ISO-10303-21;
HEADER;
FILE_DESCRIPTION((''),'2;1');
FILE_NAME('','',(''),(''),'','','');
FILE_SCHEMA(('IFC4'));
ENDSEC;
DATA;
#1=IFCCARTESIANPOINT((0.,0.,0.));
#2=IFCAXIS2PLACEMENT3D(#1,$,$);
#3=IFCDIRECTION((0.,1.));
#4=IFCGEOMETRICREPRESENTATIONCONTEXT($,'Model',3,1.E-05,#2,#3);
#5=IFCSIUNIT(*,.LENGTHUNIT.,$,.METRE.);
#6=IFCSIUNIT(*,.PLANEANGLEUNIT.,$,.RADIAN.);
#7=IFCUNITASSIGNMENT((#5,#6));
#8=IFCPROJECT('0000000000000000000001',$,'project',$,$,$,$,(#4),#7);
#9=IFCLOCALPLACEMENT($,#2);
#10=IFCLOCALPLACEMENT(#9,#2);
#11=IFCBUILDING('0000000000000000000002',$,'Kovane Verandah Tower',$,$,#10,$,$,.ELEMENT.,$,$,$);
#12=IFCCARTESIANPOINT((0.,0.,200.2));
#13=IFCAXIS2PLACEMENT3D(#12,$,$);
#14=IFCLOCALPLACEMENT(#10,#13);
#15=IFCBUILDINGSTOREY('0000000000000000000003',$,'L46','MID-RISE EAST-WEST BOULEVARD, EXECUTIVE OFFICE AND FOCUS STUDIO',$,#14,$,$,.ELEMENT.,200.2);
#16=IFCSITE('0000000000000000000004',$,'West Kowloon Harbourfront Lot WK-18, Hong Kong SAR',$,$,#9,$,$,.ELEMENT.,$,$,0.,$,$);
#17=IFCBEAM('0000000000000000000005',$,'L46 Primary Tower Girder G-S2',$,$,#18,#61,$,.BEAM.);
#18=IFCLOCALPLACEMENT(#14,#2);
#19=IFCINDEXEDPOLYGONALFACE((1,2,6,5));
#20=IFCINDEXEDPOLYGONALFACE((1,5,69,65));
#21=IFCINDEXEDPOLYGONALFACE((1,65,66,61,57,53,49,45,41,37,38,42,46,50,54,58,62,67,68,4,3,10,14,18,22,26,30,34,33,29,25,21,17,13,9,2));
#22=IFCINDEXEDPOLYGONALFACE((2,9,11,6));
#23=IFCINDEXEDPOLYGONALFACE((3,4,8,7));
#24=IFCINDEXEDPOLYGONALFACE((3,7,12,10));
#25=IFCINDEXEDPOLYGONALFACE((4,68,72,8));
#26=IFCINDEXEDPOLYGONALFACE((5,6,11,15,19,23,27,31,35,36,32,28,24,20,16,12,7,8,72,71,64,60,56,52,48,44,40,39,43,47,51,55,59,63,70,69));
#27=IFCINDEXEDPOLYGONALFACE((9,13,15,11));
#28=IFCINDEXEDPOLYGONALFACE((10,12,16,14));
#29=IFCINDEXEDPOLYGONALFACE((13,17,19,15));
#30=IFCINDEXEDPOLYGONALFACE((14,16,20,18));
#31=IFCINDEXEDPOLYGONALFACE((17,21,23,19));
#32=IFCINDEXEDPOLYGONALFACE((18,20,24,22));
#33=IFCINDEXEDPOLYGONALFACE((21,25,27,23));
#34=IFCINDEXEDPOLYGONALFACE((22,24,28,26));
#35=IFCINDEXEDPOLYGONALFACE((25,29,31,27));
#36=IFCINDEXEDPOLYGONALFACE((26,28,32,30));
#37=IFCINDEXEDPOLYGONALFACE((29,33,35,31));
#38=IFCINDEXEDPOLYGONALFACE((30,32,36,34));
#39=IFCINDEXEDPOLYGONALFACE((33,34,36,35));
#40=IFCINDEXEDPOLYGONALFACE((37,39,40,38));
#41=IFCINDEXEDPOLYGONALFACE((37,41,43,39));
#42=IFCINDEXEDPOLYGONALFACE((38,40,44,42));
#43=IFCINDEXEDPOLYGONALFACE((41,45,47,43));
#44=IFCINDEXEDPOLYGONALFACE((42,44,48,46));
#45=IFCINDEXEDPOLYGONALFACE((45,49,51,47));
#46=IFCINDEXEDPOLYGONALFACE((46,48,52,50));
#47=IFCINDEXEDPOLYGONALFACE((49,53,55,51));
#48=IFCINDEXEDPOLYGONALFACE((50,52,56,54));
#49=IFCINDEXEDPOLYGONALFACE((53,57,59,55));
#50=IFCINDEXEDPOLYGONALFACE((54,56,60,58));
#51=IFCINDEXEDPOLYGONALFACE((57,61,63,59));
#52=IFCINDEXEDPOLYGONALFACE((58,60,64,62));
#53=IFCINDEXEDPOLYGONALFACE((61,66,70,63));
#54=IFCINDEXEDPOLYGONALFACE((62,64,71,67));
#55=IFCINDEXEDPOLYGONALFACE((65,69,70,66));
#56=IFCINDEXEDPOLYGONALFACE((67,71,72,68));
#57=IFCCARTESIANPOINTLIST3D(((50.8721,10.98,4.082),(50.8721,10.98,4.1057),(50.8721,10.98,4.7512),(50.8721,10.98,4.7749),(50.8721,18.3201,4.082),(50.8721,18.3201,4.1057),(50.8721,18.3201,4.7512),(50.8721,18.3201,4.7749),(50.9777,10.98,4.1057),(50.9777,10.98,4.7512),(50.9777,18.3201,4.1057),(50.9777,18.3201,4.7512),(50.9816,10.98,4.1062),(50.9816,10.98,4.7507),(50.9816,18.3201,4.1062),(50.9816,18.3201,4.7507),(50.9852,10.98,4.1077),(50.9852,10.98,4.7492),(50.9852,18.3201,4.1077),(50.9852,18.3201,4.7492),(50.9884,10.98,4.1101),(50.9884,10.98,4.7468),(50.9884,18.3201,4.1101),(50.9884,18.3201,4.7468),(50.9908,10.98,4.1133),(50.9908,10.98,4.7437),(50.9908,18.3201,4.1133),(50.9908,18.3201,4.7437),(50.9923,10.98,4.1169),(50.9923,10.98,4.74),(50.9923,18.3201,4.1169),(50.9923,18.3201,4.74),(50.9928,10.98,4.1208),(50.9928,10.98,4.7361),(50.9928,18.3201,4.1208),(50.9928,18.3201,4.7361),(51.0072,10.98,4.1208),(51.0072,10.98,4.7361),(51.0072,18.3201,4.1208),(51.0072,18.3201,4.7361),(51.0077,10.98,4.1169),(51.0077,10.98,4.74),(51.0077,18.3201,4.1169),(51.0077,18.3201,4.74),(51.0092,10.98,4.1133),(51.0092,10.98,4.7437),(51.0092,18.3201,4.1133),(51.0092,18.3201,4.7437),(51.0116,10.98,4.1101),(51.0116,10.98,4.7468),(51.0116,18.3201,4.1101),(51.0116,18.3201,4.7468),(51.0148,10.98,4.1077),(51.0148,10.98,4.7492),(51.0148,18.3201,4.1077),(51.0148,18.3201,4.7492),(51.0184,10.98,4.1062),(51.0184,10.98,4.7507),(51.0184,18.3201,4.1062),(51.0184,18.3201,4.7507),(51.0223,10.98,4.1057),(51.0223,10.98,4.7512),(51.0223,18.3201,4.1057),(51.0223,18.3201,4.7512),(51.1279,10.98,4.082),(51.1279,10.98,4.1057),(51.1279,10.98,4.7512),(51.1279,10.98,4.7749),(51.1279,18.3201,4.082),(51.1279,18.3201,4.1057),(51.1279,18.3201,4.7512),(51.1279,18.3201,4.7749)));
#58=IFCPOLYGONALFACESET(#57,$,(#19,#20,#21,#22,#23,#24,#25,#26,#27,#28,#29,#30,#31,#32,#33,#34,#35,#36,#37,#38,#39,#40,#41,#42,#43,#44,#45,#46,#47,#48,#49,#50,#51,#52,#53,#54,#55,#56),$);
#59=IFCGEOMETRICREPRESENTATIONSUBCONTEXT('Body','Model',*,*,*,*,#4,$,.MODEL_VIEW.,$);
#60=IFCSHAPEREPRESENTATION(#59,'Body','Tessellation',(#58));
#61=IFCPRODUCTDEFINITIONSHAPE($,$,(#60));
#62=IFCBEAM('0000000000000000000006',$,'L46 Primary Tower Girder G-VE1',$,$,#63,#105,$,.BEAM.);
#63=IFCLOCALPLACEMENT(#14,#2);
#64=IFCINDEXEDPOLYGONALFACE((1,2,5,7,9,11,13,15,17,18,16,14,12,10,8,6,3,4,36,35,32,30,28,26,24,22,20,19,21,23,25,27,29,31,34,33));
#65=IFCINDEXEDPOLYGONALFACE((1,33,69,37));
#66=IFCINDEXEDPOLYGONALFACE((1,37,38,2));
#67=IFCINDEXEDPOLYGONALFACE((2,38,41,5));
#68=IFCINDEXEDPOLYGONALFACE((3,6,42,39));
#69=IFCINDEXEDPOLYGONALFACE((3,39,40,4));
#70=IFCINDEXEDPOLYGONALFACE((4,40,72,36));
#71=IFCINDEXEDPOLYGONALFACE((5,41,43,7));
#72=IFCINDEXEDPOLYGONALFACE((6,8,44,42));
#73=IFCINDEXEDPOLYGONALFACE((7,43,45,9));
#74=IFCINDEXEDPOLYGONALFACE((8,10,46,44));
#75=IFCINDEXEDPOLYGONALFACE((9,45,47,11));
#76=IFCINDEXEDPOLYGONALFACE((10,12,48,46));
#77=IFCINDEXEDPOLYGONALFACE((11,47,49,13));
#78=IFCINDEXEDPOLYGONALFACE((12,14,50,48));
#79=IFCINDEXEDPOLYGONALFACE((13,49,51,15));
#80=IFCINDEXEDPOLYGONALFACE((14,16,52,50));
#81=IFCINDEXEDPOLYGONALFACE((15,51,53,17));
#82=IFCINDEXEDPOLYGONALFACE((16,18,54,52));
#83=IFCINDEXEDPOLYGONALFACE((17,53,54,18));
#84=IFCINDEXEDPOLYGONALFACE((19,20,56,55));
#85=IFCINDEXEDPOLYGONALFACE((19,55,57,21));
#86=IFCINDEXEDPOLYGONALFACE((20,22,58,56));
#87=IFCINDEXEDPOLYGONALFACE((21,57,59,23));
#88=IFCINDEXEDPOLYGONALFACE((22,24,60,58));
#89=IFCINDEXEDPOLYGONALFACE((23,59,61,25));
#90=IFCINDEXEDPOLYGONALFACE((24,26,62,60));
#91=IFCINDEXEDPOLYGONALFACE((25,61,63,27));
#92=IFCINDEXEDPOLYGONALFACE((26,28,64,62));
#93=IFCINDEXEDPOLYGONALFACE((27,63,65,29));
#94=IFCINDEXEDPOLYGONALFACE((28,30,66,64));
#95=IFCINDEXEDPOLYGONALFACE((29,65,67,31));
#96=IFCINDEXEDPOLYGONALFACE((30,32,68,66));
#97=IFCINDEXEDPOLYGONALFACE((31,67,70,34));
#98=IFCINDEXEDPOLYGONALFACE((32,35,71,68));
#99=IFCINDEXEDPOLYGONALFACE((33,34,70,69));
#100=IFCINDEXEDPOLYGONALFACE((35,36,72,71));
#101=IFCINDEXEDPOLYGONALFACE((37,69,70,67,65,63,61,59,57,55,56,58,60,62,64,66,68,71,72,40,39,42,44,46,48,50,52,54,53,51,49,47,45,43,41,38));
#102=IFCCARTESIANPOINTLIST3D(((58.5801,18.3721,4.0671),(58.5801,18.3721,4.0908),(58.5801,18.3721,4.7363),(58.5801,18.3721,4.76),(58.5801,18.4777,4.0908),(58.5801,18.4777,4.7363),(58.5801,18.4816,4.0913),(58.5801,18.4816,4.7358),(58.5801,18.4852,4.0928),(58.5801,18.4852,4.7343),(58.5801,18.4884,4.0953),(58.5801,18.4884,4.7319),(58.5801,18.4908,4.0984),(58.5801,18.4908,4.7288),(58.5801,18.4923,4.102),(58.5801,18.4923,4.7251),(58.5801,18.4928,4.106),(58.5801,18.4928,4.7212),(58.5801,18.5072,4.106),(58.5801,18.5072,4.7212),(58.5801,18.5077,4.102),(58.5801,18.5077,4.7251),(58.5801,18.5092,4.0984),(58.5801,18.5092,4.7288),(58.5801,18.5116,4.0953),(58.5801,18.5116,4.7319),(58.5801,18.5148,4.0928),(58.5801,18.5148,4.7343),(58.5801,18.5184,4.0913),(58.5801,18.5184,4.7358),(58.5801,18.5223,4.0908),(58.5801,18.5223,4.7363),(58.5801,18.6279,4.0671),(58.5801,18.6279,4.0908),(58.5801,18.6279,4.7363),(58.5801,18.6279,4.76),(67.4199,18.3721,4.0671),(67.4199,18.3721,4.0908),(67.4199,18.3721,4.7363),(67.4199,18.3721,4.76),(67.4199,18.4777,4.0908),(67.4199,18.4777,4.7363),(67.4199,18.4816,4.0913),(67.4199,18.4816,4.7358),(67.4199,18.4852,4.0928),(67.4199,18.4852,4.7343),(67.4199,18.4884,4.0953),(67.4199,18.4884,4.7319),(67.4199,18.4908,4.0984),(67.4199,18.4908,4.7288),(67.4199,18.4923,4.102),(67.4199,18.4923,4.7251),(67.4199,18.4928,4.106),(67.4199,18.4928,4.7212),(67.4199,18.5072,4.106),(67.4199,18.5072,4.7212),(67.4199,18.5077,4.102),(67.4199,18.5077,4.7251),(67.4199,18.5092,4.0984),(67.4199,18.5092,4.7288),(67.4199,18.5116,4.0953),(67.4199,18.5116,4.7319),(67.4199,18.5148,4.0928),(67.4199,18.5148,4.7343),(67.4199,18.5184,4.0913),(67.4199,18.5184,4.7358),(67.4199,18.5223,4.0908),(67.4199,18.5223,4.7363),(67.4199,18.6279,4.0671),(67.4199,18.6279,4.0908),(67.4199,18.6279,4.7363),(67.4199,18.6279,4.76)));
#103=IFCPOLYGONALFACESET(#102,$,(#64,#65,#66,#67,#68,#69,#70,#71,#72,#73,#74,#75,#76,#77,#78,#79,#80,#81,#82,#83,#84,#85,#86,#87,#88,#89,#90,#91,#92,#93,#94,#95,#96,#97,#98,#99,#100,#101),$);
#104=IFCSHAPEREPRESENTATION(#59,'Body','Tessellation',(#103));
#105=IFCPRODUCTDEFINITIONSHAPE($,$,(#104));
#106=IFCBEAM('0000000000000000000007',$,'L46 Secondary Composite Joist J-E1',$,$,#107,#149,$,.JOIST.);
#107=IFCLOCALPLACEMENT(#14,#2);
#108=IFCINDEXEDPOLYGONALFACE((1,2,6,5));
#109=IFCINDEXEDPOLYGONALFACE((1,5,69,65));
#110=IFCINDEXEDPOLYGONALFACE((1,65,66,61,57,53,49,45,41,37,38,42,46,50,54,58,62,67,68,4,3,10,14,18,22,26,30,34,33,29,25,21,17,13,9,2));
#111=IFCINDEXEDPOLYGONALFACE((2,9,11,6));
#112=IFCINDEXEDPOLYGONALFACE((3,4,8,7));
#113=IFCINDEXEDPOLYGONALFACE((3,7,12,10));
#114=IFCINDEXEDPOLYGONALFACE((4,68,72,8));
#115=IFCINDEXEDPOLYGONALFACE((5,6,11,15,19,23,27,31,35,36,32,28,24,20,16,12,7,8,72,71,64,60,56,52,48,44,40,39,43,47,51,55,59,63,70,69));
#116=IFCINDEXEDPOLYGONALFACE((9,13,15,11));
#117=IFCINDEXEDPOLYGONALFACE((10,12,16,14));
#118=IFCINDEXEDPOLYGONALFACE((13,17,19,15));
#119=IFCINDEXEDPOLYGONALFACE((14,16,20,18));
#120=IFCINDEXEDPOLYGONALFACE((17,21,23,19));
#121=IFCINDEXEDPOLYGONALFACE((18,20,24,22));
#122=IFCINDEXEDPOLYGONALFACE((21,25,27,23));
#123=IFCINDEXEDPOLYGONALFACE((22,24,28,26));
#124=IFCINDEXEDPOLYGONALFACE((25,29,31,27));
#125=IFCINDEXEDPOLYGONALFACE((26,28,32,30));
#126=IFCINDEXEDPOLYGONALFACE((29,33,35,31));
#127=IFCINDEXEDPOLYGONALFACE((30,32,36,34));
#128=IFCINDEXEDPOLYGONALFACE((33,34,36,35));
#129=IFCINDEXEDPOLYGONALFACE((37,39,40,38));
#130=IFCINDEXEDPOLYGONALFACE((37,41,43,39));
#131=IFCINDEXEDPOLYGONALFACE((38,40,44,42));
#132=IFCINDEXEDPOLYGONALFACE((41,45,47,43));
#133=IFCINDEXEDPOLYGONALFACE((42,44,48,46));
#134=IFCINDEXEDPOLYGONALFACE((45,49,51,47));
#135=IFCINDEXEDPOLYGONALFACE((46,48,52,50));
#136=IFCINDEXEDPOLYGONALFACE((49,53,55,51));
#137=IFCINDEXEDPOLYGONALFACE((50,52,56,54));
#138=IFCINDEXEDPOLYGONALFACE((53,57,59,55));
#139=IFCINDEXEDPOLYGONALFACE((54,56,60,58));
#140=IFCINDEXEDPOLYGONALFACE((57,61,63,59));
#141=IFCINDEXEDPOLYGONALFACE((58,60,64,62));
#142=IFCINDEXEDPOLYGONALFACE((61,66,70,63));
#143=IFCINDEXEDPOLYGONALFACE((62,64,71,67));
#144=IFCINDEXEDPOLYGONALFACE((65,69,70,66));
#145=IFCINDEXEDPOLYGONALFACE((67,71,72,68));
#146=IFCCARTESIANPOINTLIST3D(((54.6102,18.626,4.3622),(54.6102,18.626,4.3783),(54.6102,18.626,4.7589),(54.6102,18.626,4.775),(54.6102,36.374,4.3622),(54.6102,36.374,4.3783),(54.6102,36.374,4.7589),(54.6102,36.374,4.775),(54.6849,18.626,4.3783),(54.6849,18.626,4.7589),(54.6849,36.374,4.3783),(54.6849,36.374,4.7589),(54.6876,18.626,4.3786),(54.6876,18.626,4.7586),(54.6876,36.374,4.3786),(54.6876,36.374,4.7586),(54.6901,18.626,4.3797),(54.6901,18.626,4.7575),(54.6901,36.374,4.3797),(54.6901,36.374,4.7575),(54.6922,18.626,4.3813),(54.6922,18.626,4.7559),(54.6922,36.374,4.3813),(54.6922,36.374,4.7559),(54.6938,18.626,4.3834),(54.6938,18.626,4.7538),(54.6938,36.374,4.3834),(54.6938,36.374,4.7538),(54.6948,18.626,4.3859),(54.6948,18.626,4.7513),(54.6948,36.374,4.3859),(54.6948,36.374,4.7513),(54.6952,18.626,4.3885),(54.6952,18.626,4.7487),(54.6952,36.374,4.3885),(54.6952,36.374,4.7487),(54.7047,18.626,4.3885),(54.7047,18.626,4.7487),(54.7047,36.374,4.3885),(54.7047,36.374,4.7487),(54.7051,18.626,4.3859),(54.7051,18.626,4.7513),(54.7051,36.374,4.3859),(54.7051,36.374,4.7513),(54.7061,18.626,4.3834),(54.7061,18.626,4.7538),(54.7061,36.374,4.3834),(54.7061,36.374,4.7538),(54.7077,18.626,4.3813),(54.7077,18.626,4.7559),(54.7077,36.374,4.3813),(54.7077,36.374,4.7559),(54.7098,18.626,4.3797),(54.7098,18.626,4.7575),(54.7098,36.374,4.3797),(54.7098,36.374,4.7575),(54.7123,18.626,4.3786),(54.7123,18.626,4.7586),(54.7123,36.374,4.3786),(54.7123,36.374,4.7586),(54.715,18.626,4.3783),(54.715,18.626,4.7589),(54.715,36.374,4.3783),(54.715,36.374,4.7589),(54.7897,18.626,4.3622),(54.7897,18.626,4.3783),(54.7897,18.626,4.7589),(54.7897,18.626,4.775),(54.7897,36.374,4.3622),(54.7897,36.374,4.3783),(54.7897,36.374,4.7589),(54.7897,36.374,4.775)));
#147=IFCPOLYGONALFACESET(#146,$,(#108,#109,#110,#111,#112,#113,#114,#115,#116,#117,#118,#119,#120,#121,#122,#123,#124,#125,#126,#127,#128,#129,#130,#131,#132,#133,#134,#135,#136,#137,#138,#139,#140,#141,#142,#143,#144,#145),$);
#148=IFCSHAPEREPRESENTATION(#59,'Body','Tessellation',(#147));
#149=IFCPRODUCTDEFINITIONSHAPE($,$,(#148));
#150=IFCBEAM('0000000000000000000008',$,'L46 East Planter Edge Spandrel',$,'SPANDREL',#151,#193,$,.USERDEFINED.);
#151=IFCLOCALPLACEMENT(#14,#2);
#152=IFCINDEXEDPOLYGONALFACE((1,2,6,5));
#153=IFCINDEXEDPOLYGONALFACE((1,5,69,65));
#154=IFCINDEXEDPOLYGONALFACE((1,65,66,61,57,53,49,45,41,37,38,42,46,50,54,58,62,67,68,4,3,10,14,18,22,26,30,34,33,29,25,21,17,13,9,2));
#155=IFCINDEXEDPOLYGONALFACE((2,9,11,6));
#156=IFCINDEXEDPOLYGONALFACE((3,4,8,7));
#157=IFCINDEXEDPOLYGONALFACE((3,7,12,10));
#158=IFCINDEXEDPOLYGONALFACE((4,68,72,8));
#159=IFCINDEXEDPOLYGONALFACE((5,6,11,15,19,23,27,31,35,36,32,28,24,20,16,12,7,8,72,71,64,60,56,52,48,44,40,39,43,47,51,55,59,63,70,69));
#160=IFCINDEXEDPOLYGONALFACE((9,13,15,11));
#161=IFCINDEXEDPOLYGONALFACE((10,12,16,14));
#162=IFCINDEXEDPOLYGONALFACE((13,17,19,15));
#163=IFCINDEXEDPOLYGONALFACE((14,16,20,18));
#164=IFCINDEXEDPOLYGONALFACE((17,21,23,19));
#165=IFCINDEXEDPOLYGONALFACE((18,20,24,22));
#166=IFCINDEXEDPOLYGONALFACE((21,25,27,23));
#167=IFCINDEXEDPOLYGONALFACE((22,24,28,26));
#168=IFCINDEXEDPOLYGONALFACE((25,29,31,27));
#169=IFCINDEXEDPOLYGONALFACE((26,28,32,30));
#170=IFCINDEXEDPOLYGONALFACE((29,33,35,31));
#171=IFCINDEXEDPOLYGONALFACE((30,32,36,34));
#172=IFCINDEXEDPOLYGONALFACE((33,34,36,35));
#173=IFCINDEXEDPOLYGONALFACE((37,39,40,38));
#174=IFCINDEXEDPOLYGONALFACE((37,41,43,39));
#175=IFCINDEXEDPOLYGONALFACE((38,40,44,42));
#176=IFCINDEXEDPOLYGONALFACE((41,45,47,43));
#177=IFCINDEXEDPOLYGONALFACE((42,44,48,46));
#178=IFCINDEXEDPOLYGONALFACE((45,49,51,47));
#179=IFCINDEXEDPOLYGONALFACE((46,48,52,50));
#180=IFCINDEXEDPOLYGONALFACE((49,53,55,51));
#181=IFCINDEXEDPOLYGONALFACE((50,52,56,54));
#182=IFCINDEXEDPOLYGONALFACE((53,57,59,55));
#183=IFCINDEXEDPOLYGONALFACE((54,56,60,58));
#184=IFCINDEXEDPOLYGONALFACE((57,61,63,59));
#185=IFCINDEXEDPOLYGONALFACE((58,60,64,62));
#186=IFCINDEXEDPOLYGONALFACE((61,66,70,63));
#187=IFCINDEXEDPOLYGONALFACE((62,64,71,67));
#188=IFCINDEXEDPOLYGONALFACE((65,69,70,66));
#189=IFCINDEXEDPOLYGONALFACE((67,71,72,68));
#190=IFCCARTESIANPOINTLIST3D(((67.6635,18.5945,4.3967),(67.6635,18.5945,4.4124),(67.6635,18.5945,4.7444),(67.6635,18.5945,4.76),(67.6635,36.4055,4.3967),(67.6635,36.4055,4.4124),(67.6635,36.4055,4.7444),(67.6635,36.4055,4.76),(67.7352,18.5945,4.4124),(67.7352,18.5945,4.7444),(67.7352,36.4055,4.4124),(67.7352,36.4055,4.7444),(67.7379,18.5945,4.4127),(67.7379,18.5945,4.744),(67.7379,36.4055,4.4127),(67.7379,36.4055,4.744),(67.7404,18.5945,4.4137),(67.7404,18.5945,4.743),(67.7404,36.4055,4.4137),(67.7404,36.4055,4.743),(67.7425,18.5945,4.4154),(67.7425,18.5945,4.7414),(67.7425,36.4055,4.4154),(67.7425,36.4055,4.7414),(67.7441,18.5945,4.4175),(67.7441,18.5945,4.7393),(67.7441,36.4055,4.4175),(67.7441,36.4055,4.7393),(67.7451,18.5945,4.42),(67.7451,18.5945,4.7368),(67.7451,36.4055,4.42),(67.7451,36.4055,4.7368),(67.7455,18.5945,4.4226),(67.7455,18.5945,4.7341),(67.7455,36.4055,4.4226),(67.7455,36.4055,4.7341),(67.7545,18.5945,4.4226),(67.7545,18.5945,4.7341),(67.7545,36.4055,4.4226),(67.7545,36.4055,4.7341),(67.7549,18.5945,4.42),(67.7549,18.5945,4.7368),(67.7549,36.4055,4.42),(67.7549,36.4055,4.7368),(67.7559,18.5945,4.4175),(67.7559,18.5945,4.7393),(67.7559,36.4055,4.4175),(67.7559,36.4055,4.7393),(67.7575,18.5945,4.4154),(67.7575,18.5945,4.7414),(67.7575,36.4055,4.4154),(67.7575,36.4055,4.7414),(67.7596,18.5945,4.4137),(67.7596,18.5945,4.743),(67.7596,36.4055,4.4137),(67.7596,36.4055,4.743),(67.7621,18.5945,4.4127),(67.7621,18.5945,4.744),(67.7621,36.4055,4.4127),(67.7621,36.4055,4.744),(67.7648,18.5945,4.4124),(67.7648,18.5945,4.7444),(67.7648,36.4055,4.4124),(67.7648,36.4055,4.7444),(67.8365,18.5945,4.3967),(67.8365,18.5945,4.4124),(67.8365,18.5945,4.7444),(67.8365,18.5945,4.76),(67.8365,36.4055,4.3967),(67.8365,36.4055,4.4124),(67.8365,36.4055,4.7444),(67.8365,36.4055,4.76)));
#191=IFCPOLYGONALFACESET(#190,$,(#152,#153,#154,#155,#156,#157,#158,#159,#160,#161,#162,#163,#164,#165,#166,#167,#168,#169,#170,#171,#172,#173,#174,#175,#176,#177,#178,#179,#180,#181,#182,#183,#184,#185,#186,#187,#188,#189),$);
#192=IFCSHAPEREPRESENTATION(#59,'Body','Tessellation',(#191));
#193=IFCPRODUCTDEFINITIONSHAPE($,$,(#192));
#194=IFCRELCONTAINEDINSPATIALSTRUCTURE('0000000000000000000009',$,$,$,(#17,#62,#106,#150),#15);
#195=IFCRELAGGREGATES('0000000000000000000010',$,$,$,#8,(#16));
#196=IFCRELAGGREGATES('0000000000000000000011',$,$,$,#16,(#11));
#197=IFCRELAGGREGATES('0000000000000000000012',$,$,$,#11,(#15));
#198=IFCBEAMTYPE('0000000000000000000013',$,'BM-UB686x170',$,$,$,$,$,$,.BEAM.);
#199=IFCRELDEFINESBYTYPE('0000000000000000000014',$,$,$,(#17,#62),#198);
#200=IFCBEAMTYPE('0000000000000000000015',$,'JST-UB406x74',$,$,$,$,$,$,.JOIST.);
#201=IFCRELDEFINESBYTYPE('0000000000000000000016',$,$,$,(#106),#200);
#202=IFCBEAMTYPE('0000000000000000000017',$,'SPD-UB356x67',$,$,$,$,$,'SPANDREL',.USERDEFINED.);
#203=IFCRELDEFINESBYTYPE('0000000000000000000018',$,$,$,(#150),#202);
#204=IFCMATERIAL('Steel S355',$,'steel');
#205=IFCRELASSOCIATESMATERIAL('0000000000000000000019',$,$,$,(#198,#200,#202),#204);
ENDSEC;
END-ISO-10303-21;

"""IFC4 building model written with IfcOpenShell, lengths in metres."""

from ifc_helpers import new_model, si_unit, direction, frame, origin, origin_2d, place, context, subcontext, project, spatial, i_section, extrude, material, material_profile, profile_set, type_object, element, save


model = new_model("IFC4")

# Units and contexts
model_context = context("Model", 3, precision=1e-05, world=origin(), true_north=direction((0.0, 1.0)))
body_context = subcontext(model_context, "Body", "Model", "MODEL_VIEW")
ifc_project = project(units=[si_unit("LENGTHUNIT", "METRE"), si_unit("PLANEANGLEUNIT", "RADIAN")], contexts=[model_context])

# Site, building, storey
site_placement = place(None, origin())
site = spatial("IfcSite", under=ifc_project, at=site_placement, Name="West Kowloon Harbourfront Lot WK-18, Hong Kong SAR", CompositionType="ELEMENT", RefElevation=0.0)
building_placement = place(site_placement, origin())
building = spatial("IfcBuilding", under=site, at=building_placement, Name="Kovane Verandah Tower", CompositionType="ELEMENT")
storey_placement = place(building_placement, frame((0.0, 0.0, 200.2)))
storey = spatial("IfcBuildingStorey", under=building, at=storey_placement, Name="L46", Description="MID-RISE EAST-WEST BOULEVARD, EXECUTIVE OFFICE AND FOCUS STUDIO", CompositionType="ELEMENT", Elevation=200.2)

# Beams
ifc_material_1 = material(Name="Steel S355", Category="steel")
ifc_material_profile_1 = material_profile(ifc_material_1, i_section(OverallWidth=0.2559, OverallDepth=0.6929, WebThickness=0.0144, FlangeThickness=0.0237, FilletRadius=0.0151, at=origin_2d()), Name="UB686x254x170")
ifc_profile_set_1 = profile_set([ifc_material_profile_1], Name="Steel S355")
beam_type_1 = type_object("IfcBeamType", Name="BM-UB686x170", PredefinedType="BEAM", material=ifc_profile_set_1)
beam_1_placement = place(storey_placement, frame((51.0, 18.3201, 4.4285), z_axis=(0.0, -1.0, 0.0), x_axis=(1.0, 0.0, 0.0)))
element("IfcBeam", 1, at=beam_1_placement, inside=storey, type_object=beam_type_1, Name="L46 Primary Tower Girder G-S2", PredefinedType="BEAM", context=body_context, shape_type="SweptSolid", body=[
    extrude(i_section(OverallWidth=0.2559, OverallDepth=0.6929, WebThickness=0.0144, FlangeThickness=0.0237, FilletRadius=0.0151, at=origin_2d()), origin(), (0.0, 0.0, 1.0), 7.3401),
])
beam_2_placement = place(storey_placement, frame((58.5801, 18.5, 4.4136), z_axis=(1.0, 0.0, 0.0), x_axis=(0.0, 1.0, 0.0)))
element("IfcBeam", 2, at=beam_2_placement, inside=storey, type_object=beam_type_1, Name="L46 Primary Tower Girder G-VE1", PredefinedType="BEAM", context=body_context, shape_type="SweptSolid", body=[
    extrude(i_section(OverallWidth=0.2559, OverallDepth=0.6929, WebThickness=0.0144, FlangeThickness=0.0237, FilletRadius=0.0151, at=origin_2d()), origin(), (0.0, 0.0, 1.0), 8.8398),
])
ifc_material_profile_2 = material_profile(ifc_material_1, i_section(OverallWidth=0.1794, OverallDepth=0.4128, WebThickness=0.0095, FlangeThickness=0.0161, FilletRadius=0.0103, at=origin_2d()), Name="UB406x178x74")
ifc_profile_set_2 = profile_set([ifc_material_profile_2], Name="Steel S355")
beam_type_2 = type_object("IfcBeamType", Name="JST-UB406x74", PredefinedType="JOIST", material=ifc_profile_set_2)
beam_3_placement = place(storey_placement, frame((54.7, 18.626, 4.5686), z_axis=(0.0, 1.0, 0.0), x_axis=(-1.0, 0.0, 0.0)))
element("IfcBeam", 3, at=beam_3_placement, inside=storey, type_object=beam_type_2, Name="L46 Secondary Composite Joist J-E1", PredefinedType="JOIST", context=body_context, shape_type="SweptSolid", body=[
    extrude(i_section(OverallWidth=0.1794, OverallDepth=0.4128, WebThickness=0.0095, FlangeThickness=0.0161, FilletRadius=0.0103, at=origin_2d()), origin(), (0.0, 0.0, 1.0), 17.748),
])
ifc_material_profile_3 = material_profile(ifc_material_1, i_section(OverallWidth=0.1731, OverallDepth=0.3633, WebThickness=0.009, FlangeThickness=0.0156, FilletRadius=0.0103, at=origin_2d()), Name="UB356x171x67")
ifc_profile_set_3 = profile_set([ifc_material_profile_3], Name="Steel S355")
beam_type_3 = type_object("IfcBeamType", Name="SPD-UB356x67", ElementType="SPANDREL", PredefinedType="USERDEFINED", material=ifc_profile_set_3)
beam_4_placement = place(storey_placement, frame((67.75, 18.5945, 4.5784), z_axis=(0.0, 1.0, 0.0), x_axis=(-1.0, 0.0, 0.0)))
element("IfcBeam", 4, at=beam_4_placement, inside=storey, type_object=beam_type_3, Name="L46 East Planter Edge Spandrel", ObjectType="SPANDREL", PredefinedType="USERDEFINED", context=body_context, shape_type="SweptSolid", body=[
    extrude(i_section(OverallWidth=0.1731, OverallDepth=0.3633, WebThickness=0.009, FlangeThickness=0.0156, FilletRadius=0.0103, at=origin_2d()), origin(), (0.0, 0.0, 1.0), 17.811),
])

save(model, "model.ifc")
